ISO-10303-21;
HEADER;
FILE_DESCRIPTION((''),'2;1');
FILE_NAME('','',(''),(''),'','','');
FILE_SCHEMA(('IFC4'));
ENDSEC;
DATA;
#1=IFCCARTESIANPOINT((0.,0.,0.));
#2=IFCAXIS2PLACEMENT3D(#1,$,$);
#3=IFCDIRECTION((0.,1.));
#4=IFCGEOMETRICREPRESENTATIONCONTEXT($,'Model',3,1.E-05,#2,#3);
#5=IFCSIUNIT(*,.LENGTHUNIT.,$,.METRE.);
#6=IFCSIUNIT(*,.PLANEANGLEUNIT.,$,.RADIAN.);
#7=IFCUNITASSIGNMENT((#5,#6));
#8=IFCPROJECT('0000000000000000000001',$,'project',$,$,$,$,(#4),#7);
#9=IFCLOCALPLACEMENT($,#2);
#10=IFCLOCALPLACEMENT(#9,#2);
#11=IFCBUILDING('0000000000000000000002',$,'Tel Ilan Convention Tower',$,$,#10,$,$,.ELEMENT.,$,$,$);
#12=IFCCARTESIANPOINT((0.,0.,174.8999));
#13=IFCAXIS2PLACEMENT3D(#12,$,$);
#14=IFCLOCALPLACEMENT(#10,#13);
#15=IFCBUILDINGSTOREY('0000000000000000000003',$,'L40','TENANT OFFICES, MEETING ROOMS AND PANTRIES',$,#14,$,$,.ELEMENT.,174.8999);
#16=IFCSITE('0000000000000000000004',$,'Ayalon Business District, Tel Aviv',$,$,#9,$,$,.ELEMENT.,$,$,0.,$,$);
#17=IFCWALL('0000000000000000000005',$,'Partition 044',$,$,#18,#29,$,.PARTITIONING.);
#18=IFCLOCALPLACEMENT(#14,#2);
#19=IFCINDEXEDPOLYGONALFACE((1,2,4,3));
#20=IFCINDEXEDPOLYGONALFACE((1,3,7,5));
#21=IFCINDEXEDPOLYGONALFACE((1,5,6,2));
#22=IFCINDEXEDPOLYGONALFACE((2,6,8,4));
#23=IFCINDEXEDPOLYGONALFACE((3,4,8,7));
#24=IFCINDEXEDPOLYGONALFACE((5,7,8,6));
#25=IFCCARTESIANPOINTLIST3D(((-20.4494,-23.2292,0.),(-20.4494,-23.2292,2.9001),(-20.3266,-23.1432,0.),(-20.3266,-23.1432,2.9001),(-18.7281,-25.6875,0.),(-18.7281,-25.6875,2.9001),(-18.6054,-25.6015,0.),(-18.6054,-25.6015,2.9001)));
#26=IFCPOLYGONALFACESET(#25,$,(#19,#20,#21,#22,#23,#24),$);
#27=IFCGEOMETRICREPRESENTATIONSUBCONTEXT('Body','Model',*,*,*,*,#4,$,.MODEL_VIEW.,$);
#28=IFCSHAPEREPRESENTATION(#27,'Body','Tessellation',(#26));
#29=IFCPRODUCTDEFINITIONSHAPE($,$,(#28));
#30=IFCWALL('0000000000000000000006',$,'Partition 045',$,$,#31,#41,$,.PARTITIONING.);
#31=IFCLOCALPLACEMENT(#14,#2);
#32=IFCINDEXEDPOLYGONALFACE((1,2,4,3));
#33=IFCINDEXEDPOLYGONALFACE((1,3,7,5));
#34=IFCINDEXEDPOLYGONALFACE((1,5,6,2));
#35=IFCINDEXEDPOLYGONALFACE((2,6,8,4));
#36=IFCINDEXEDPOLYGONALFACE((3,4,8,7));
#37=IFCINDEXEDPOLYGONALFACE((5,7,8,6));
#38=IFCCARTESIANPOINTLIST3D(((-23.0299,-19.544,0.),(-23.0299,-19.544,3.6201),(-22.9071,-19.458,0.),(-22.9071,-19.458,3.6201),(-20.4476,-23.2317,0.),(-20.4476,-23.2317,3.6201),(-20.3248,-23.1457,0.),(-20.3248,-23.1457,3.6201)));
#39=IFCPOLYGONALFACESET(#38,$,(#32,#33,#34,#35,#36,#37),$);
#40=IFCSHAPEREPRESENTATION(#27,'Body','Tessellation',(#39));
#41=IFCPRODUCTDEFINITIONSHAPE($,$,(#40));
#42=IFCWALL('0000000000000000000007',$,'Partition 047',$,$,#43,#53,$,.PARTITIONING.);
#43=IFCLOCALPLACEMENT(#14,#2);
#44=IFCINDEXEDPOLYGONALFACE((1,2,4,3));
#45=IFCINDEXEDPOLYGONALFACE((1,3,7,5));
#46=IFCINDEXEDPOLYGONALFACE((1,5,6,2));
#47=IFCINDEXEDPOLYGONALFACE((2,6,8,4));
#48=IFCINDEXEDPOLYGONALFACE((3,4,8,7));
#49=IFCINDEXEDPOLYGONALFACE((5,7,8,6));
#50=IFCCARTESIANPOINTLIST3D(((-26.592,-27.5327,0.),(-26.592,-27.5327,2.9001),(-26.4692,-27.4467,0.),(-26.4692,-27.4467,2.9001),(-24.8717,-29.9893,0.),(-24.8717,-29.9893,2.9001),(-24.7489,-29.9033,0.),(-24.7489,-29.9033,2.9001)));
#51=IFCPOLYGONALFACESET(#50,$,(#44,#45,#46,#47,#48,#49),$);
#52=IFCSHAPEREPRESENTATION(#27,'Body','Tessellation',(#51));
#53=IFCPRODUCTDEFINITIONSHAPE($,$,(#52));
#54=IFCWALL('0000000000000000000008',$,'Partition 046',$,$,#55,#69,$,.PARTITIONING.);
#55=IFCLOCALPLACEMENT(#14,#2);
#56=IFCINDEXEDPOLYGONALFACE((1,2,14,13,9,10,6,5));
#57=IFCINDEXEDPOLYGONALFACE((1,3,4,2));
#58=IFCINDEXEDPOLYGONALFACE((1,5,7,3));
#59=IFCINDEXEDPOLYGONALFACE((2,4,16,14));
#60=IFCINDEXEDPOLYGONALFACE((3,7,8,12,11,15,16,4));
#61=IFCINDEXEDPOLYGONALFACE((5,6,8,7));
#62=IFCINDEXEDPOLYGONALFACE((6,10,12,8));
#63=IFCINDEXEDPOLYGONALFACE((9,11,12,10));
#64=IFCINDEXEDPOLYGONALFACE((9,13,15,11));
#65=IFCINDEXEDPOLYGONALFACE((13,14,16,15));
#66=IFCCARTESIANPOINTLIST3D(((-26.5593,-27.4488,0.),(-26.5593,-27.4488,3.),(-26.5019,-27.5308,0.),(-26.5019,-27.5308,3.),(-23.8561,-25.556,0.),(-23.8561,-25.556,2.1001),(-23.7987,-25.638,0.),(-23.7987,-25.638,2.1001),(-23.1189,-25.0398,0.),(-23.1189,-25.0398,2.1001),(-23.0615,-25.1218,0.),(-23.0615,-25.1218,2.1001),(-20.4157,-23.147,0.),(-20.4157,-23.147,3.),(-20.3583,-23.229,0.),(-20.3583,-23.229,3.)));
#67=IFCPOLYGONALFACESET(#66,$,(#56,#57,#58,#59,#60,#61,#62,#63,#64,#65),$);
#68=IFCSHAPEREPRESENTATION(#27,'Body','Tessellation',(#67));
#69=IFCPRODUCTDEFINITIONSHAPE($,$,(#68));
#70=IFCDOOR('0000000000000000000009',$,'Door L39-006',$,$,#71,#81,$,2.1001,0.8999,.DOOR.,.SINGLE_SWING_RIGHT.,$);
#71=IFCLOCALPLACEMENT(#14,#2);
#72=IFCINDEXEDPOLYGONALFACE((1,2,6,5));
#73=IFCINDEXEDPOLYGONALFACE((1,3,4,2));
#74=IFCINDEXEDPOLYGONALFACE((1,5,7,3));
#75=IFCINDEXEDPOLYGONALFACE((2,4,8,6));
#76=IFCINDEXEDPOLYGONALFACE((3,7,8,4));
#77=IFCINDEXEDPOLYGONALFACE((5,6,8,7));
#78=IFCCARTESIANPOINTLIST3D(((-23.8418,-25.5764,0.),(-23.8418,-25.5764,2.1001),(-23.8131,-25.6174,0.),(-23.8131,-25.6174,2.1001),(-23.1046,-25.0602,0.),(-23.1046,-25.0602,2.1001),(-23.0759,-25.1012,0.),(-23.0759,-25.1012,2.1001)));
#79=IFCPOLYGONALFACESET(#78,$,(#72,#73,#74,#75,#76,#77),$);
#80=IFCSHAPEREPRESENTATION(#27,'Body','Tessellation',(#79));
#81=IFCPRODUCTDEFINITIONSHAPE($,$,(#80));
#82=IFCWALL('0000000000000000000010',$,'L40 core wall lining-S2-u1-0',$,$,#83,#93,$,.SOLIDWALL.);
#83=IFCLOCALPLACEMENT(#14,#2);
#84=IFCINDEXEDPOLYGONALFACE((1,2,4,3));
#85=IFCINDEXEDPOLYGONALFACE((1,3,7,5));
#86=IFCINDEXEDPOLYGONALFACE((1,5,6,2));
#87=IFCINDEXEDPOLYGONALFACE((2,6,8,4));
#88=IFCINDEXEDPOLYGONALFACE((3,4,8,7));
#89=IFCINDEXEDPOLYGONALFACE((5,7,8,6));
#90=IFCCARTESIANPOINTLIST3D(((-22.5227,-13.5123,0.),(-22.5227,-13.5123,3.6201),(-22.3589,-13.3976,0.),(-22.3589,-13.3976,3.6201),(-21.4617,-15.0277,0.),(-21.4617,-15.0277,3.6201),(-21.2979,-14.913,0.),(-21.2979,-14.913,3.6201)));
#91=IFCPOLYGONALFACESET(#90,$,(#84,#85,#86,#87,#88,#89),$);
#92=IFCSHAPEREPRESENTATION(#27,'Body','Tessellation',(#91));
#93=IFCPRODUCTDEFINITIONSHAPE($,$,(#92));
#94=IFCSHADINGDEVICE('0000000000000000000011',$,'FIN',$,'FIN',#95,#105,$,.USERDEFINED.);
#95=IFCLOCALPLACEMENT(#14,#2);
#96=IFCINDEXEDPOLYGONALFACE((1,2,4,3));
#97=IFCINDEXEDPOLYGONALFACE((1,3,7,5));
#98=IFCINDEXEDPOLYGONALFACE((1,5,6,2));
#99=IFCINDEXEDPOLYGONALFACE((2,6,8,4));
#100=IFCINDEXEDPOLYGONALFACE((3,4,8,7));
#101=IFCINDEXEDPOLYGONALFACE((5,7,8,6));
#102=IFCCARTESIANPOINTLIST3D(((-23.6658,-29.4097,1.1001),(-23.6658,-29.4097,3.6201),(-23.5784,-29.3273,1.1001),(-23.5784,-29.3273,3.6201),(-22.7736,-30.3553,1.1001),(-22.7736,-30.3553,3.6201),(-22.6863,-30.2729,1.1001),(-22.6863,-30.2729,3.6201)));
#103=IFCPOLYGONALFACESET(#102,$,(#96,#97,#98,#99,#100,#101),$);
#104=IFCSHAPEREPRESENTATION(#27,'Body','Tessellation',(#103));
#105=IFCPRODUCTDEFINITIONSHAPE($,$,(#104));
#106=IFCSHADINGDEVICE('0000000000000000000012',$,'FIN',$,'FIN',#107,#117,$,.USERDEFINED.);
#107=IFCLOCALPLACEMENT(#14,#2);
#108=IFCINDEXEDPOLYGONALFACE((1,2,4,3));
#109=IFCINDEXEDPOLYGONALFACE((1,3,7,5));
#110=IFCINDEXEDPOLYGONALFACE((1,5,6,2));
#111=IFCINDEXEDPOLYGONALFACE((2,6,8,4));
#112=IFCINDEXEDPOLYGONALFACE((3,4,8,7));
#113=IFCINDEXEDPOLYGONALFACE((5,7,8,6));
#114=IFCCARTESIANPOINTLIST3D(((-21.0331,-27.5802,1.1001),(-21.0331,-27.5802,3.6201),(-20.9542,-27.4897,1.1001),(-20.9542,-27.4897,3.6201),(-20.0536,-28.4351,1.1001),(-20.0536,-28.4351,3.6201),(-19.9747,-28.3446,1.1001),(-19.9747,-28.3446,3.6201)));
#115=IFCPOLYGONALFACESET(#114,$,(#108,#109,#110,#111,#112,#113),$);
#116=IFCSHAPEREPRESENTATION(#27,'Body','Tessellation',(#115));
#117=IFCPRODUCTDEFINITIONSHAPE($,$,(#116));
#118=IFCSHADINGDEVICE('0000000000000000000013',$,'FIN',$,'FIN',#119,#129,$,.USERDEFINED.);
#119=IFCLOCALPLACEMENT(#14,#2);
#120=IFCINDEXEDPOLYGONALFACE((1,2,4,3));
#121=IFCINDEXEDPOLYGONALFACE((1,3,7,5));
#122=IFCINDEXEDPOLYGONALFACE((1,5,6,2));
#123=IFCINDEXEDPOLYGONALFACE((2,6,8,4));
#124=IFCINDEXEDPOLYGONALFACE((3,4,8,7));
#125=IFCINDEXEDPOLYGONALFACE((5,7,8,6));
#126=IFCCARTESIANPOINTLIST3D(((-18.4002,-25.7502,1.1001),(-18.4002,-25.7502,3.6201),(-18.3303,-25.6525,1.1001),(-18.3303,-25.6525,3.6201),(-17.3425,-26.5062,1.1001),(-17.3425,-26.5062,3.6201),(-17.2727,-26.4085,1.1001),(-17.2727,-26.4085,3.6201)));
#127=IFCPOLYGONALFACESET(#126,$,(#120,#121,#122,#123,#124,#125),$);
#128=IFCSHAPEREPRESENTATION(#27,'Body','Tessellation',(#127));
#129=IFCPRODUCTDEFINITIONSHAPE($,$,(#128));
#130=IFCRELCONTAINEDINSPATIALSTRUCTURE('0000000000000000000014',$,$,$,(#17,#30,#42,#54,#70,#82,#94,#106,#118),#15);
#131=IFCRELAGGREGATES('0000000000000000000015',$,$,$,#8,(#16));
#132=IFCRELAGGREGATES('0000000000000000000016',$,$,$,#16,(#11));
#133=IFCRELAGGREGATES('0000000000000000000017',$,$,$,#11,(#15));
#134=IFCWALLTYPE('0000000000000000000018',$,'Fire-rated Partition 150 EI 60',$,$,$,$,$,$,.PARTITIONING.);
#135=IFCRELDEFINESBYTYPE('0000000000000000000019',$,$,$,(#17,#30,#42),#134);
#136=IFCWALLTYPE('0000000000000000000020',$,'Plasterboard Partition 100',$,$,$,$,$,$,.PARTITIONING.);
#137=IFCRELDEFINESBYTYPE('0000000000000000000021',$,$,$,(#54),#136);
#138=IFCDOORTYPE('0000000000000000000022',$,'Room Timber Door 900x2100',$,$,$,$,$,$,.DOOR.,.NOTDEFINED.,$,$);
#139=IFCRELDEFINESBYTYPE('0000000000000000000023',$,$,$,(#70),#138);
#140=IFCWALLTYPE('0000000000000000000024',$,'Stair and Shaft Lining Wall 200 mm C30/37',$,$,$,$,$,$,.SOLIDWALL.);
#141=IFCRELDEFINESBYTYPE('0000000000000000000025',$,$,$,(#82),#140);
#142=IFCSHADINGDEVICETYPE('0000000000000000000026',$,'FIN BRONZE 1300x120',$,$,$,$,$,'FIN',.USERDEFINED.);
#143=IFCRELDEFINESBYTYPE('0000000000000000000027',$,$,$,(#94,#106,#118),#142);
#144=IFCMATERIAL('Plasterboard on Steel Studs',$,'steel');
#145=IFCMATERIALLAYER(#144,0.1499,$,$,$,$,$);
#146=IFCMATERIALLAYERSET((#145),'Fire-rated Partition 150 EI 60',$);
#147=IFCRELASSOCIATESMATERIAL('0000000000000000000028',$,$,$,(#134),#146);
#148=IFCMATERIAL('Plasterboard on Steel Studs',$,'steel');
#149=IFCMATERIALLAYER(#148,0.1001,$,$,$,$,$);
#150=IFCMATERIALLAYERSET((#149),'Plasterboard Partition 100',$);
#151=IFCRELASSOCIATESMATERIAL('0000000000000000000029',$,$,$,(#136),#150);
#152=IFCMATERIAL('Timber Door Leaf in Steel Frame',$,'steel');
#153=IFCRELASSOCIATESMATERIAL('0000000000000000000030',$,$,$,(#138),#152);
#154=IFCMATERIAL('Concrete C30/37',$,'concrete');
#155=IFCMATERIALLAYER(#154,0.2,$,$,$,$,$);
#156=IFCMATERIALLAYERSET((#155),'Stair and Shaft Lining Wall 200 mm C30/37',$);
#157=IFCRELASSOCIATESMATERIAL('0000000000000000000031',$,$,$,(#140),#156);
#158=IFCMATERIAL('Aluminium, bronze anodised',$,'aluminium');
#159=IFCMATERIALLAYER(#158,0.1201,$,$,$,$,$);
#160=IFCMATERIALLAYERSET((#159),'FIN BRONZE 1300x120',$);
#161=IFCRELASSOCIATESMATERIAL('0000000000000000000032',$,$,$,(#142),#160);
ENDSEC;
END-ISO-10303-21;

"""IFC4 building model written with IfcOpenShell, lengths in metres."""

from ifc_helpers import new_model, si_unit, direction, frame, frame_2d, origin, origin_2d, place, context, subcontext, project, spatial, rectangle, extrude, material, layer, layer_set, type_object, element, fill, save


model = new_model("IFC4")

# Units and contexts
model_context = context("Model", 3, precision=1e-05, world=origin(), true_north=direction((0.0, 1.0)))
body_context = subcontext(model_context, "Body", "Model", "MODEL_VIEW")
ifc_project = project(units=[si_unit("LENGTHUNIT", "METRE"), si_unit("PLANEANGLEUNIT", "RADIAN")], contexts=[model_context])

# Site, building, storey
site_placement = place(None, origin())
site = spatial("IfcSite", under=ifc_project, at=site_placement, Name="Ayalon Business District, Tel Aviv", CompositionType="ELEMENT", RefElevation=0.0)
building_placement = place(site_placement, origin())
building = spatial("IfcBuilding", under=site, at=building_placement, Name="Tel Ilan Convention Tower", CompositionType="ELEMENT")
storey_placement = place(building_placement, frame((0.0, 0.0, 174.8999)))
storey = spatial("IfcBuildingStorey", under=building, at=storey_placement, Name="L40", Description="TENANT OFFICES, MEETING ROOMS AND PANTRIES", CompositionType="ELEMENT", Elevation=174.8999)

# Shared definitions
ifc_material_1 = material(Name="Plasterboard on Steel Studs", Category="steel")
ifc_layer_1 = layer(ifc_material_1, 0.1499)
ifc_layer_set_1 = layer_set([ifc_layer_1], Name="Fire-rated Partition 150 EI 60")
wall_type_1 = type_object("IfcWallType", Name="Fire-rated Partition 150 EI 60", PredefinedType="PARTITIONING", material=ifc_layer_set_1)

# Walls
wall_1_placement = place(storey_placement, frame((-18.6667, -25.6445, 0.0), z_axis=(0.0, 0.0, 1.0), x_axis=(-0.573555, 0.819167, 0.0)))
element("IfcWall", 1, at=wall_1_placement, inside=storey, type_object=wall_type_1, Name="Partition 044", PredefinedType="PARTITIONING", context=body_context, shape_type="SweptSolid", body=[
    extrude(rectangle(XDim=3.001, YDim=0.1499, at=frame_2d((1.5005, 0.0))), origin(), (0.0, 0.0, 1.0), 2.9001),
])
wall_2_placement = place(storey_placement, frame((-20.3862, -23.1887, 0.0), z_axis=(0.0, 0.0, 1.0), x_axis=(-0.57359, 0.819143, 0.0)))
element("IfcWall", 2, at=wall_2_placement, inside=storey, type_object=wall_type_1, Name="Partition 045", PredefinedType="PARTITIONING", context=body_context, shape_type="SweptSolid", body=[
    extrude(rectangle(XDim=4.502, YDim=0.1499, at=frame_2d((2.251, 0.0))), origin(), (0.0, 0.0, 1.0), 3.6201),
])
wall_3_placement = place(storey_placement, frame((-24.8103, -29.9463, 0.0), z_axis=(0.0, 0.0, 1.0), x_axis=(-0.573604, 0.819132, 0.0)))
element("IfcWall", 3, at=wall_3_placement, inside=storey, type_object=wall_type_1, Name="Partition 047", PredefinedType="PARTITIONING", context=body_context, shape_type="SweptSolid", body=[
    extrude(rectangle(XDim=2.999, YDim=0.1499, at=frame_2d((1.4995, 0.0))), origin(), (0.0, 0.0, 1.0), 2.9001),
])

# Wall, opening, door
ifc_material_2 = material(Name="Plasterboard on Steel Studs", Category="steel")
ifc_layer_2 = layer(ifc_material_2, 0.1001)
ifc_layer_set_2 = layer_set([ifc_layer_2], Name="Plasterboard Partition 100")
wall_type_2 = type_object("IfcWallType", Name="Plasterboard Partition 100", PredefinedType="PARTITIONING", material=ifc_layer_set_2)
wall_4_placement = place(storey_placement, frame((-20.387, -23.188, 0.0), z_axis=(0.0, 0.0, 1.0), x_axis=(-0.819152, -0.573576, 0.0)))
wall_4 = element("IfcWall", 4, at=wall_4_placement, inside=storey, type_object=wall_type_2, Name="Partition 046", PredefinedType="PARTITIONING", context=body_context, shape_type="SweptSolid", body=[
    extrude(rectangle(XDim=7.5, YDim=0.1001, at=frame_2d((3.75, 0.0))), origin(), (0.0, 0.0, 1.0), 3.0),
])
opening_1_placement = place(wall_4_placement, frame((3.3, 0.0, 0.0)))
opening_1 = element("IfcOpeningElement", 5, at=opening_1_placement, cuts=wall_4, PredefinedType="OPENING", context=body_context, shape_type="SweptSolid", body=[
    extrude(rectangle(XDim=0.8999, YDim=2.1001, at=frame_2d((0.45, 1.05))), frame((0.0, 0.0601, 0.0), z_axis=(0.0, -1.0, 0.0), x_axis=(1.0, 0.0, 0.0)), (0.0, 0.0, 1.0), 0.1201),
])
ifc_material_3 = material(Name="Timber Door Leaf in Steel Frame", Category="steel")
door_type_1 = type_object("IfcDoorType", Name="Room Timber Door 900x2100", OperationType="NOTDEFINED", PredefinedType="DOOR", material=ifc_material_3)
door_1_placement = place(opening_1_placement, origin())
door_1 = element("IfcDoor", 6, at=door_1_placement, inside=storey, type_object=door_type_1, Name="Door L39-006", OperationType="SINGLE_SWING_RIGHT", OverallHeight=2.1001, OverallWidth=0.8999, PredefinedType="DOOR", context=body_context, shape_type="SweptSolid", body=[
    extrude(rectangle(XDim=0.8999, YDim=2.1001, at=frame_2d((0.45, 1.05))), frame((0.0, 0.0249, 0.0), z_axis=(0.0, -1.0, 0.0), x_axis=(1.0, 0.0, 0.0)), (0.0, 0.0, 1.0), 0.05),
])
fill(opening_1, door_1)

# Wall
ifc_material_4 = material(Name="Concrete C30/37", Category="concrete")
ifc_layer_3 = layer(ifc_material_4, 0.2)
ifc_layer_set_3 = layer_set([ifc_layer_3], Name="Stair and Shaft Lining Wall 200 mm C30/37")
wall_type_3 = type_object("IfcWallType", Name="Stair and Shaft Lining Wall 200 mm C30/37", PredefinedType="SOLIDWALL", material=ifc_layer_set_3)
wall_5_placement = place(storey_placement, frame((-21.3799, -14.9702, 0.0), z_axis=(0.0, 0.0, 1.0), x_axis=(-0.57356, 0.819164, 0.0)))
element("IfcWall", 7, at=wall_5_placement, inside=storey, type_object=wall_type_3, Name="L40 core wall lining-S2-u1-0", PredefinedType="SOLIDWALL", context=body_context, shape_type="SweptSolid", body=[
    extrude(rectangle(XDim=1.8499, YDim=0.2, at=frame_2d((0.9248, 0.0))), origin(), (0.0, 0.0, 1.0), 3.6201),
])

# Shading devices
ifc_material_5 = material(Name="Aluminium, bronze anodised", Category="aluminium")
ifc_layer_4 = layer(ifc_material_5, 0.1201)
ifc_layer_set_4 = layer_set([ifc_layer_4], Name="FIN BRONZE 1300x120")
shading_device_type = type_object("IfcShadingDeviceType", Name="FIN BRONZE 1300x120", ElementType="FIN", PredefinedType="USERDEFINED", material=ifc_layer_set_4)
for number, where, z_axis, x_axis, name in (
    (8, (-23.176, -29.8413, 1.1001), (0.0, 0.0, 1.0), (0.686242, -0.727374, 0.0), "FIN"),
    (9, (-20.5039, -27.9624, 1.1001), (0.0, 0.0, 1.0), (0.753436, -0.657521, 0.0), "FIN"),
    (10, (-17.8364, -26.0793, 1.1001), (0.0, 0.0, 1.0), (0.813552, -0.581492, 0.0), "FIN"),
):
    element("IfcShadingDevice", number, at=place(storey_placement, frame(where, z_axis=z_axis, x_axis=x_axis)), inside=storey, type_object=shading_device_type, Name=name, ObjectType="FIN", PredefinedType="USERDEFINED", context=body_context, shape_type="SweptSolid", body=[
        extrude(rectangle(XDim=1.3, YDim=0.1201, at=origin_2d()), origin(), (0.0, 0.0, 1.0), 2.52),
    ])

save(model, "model.ifc")
